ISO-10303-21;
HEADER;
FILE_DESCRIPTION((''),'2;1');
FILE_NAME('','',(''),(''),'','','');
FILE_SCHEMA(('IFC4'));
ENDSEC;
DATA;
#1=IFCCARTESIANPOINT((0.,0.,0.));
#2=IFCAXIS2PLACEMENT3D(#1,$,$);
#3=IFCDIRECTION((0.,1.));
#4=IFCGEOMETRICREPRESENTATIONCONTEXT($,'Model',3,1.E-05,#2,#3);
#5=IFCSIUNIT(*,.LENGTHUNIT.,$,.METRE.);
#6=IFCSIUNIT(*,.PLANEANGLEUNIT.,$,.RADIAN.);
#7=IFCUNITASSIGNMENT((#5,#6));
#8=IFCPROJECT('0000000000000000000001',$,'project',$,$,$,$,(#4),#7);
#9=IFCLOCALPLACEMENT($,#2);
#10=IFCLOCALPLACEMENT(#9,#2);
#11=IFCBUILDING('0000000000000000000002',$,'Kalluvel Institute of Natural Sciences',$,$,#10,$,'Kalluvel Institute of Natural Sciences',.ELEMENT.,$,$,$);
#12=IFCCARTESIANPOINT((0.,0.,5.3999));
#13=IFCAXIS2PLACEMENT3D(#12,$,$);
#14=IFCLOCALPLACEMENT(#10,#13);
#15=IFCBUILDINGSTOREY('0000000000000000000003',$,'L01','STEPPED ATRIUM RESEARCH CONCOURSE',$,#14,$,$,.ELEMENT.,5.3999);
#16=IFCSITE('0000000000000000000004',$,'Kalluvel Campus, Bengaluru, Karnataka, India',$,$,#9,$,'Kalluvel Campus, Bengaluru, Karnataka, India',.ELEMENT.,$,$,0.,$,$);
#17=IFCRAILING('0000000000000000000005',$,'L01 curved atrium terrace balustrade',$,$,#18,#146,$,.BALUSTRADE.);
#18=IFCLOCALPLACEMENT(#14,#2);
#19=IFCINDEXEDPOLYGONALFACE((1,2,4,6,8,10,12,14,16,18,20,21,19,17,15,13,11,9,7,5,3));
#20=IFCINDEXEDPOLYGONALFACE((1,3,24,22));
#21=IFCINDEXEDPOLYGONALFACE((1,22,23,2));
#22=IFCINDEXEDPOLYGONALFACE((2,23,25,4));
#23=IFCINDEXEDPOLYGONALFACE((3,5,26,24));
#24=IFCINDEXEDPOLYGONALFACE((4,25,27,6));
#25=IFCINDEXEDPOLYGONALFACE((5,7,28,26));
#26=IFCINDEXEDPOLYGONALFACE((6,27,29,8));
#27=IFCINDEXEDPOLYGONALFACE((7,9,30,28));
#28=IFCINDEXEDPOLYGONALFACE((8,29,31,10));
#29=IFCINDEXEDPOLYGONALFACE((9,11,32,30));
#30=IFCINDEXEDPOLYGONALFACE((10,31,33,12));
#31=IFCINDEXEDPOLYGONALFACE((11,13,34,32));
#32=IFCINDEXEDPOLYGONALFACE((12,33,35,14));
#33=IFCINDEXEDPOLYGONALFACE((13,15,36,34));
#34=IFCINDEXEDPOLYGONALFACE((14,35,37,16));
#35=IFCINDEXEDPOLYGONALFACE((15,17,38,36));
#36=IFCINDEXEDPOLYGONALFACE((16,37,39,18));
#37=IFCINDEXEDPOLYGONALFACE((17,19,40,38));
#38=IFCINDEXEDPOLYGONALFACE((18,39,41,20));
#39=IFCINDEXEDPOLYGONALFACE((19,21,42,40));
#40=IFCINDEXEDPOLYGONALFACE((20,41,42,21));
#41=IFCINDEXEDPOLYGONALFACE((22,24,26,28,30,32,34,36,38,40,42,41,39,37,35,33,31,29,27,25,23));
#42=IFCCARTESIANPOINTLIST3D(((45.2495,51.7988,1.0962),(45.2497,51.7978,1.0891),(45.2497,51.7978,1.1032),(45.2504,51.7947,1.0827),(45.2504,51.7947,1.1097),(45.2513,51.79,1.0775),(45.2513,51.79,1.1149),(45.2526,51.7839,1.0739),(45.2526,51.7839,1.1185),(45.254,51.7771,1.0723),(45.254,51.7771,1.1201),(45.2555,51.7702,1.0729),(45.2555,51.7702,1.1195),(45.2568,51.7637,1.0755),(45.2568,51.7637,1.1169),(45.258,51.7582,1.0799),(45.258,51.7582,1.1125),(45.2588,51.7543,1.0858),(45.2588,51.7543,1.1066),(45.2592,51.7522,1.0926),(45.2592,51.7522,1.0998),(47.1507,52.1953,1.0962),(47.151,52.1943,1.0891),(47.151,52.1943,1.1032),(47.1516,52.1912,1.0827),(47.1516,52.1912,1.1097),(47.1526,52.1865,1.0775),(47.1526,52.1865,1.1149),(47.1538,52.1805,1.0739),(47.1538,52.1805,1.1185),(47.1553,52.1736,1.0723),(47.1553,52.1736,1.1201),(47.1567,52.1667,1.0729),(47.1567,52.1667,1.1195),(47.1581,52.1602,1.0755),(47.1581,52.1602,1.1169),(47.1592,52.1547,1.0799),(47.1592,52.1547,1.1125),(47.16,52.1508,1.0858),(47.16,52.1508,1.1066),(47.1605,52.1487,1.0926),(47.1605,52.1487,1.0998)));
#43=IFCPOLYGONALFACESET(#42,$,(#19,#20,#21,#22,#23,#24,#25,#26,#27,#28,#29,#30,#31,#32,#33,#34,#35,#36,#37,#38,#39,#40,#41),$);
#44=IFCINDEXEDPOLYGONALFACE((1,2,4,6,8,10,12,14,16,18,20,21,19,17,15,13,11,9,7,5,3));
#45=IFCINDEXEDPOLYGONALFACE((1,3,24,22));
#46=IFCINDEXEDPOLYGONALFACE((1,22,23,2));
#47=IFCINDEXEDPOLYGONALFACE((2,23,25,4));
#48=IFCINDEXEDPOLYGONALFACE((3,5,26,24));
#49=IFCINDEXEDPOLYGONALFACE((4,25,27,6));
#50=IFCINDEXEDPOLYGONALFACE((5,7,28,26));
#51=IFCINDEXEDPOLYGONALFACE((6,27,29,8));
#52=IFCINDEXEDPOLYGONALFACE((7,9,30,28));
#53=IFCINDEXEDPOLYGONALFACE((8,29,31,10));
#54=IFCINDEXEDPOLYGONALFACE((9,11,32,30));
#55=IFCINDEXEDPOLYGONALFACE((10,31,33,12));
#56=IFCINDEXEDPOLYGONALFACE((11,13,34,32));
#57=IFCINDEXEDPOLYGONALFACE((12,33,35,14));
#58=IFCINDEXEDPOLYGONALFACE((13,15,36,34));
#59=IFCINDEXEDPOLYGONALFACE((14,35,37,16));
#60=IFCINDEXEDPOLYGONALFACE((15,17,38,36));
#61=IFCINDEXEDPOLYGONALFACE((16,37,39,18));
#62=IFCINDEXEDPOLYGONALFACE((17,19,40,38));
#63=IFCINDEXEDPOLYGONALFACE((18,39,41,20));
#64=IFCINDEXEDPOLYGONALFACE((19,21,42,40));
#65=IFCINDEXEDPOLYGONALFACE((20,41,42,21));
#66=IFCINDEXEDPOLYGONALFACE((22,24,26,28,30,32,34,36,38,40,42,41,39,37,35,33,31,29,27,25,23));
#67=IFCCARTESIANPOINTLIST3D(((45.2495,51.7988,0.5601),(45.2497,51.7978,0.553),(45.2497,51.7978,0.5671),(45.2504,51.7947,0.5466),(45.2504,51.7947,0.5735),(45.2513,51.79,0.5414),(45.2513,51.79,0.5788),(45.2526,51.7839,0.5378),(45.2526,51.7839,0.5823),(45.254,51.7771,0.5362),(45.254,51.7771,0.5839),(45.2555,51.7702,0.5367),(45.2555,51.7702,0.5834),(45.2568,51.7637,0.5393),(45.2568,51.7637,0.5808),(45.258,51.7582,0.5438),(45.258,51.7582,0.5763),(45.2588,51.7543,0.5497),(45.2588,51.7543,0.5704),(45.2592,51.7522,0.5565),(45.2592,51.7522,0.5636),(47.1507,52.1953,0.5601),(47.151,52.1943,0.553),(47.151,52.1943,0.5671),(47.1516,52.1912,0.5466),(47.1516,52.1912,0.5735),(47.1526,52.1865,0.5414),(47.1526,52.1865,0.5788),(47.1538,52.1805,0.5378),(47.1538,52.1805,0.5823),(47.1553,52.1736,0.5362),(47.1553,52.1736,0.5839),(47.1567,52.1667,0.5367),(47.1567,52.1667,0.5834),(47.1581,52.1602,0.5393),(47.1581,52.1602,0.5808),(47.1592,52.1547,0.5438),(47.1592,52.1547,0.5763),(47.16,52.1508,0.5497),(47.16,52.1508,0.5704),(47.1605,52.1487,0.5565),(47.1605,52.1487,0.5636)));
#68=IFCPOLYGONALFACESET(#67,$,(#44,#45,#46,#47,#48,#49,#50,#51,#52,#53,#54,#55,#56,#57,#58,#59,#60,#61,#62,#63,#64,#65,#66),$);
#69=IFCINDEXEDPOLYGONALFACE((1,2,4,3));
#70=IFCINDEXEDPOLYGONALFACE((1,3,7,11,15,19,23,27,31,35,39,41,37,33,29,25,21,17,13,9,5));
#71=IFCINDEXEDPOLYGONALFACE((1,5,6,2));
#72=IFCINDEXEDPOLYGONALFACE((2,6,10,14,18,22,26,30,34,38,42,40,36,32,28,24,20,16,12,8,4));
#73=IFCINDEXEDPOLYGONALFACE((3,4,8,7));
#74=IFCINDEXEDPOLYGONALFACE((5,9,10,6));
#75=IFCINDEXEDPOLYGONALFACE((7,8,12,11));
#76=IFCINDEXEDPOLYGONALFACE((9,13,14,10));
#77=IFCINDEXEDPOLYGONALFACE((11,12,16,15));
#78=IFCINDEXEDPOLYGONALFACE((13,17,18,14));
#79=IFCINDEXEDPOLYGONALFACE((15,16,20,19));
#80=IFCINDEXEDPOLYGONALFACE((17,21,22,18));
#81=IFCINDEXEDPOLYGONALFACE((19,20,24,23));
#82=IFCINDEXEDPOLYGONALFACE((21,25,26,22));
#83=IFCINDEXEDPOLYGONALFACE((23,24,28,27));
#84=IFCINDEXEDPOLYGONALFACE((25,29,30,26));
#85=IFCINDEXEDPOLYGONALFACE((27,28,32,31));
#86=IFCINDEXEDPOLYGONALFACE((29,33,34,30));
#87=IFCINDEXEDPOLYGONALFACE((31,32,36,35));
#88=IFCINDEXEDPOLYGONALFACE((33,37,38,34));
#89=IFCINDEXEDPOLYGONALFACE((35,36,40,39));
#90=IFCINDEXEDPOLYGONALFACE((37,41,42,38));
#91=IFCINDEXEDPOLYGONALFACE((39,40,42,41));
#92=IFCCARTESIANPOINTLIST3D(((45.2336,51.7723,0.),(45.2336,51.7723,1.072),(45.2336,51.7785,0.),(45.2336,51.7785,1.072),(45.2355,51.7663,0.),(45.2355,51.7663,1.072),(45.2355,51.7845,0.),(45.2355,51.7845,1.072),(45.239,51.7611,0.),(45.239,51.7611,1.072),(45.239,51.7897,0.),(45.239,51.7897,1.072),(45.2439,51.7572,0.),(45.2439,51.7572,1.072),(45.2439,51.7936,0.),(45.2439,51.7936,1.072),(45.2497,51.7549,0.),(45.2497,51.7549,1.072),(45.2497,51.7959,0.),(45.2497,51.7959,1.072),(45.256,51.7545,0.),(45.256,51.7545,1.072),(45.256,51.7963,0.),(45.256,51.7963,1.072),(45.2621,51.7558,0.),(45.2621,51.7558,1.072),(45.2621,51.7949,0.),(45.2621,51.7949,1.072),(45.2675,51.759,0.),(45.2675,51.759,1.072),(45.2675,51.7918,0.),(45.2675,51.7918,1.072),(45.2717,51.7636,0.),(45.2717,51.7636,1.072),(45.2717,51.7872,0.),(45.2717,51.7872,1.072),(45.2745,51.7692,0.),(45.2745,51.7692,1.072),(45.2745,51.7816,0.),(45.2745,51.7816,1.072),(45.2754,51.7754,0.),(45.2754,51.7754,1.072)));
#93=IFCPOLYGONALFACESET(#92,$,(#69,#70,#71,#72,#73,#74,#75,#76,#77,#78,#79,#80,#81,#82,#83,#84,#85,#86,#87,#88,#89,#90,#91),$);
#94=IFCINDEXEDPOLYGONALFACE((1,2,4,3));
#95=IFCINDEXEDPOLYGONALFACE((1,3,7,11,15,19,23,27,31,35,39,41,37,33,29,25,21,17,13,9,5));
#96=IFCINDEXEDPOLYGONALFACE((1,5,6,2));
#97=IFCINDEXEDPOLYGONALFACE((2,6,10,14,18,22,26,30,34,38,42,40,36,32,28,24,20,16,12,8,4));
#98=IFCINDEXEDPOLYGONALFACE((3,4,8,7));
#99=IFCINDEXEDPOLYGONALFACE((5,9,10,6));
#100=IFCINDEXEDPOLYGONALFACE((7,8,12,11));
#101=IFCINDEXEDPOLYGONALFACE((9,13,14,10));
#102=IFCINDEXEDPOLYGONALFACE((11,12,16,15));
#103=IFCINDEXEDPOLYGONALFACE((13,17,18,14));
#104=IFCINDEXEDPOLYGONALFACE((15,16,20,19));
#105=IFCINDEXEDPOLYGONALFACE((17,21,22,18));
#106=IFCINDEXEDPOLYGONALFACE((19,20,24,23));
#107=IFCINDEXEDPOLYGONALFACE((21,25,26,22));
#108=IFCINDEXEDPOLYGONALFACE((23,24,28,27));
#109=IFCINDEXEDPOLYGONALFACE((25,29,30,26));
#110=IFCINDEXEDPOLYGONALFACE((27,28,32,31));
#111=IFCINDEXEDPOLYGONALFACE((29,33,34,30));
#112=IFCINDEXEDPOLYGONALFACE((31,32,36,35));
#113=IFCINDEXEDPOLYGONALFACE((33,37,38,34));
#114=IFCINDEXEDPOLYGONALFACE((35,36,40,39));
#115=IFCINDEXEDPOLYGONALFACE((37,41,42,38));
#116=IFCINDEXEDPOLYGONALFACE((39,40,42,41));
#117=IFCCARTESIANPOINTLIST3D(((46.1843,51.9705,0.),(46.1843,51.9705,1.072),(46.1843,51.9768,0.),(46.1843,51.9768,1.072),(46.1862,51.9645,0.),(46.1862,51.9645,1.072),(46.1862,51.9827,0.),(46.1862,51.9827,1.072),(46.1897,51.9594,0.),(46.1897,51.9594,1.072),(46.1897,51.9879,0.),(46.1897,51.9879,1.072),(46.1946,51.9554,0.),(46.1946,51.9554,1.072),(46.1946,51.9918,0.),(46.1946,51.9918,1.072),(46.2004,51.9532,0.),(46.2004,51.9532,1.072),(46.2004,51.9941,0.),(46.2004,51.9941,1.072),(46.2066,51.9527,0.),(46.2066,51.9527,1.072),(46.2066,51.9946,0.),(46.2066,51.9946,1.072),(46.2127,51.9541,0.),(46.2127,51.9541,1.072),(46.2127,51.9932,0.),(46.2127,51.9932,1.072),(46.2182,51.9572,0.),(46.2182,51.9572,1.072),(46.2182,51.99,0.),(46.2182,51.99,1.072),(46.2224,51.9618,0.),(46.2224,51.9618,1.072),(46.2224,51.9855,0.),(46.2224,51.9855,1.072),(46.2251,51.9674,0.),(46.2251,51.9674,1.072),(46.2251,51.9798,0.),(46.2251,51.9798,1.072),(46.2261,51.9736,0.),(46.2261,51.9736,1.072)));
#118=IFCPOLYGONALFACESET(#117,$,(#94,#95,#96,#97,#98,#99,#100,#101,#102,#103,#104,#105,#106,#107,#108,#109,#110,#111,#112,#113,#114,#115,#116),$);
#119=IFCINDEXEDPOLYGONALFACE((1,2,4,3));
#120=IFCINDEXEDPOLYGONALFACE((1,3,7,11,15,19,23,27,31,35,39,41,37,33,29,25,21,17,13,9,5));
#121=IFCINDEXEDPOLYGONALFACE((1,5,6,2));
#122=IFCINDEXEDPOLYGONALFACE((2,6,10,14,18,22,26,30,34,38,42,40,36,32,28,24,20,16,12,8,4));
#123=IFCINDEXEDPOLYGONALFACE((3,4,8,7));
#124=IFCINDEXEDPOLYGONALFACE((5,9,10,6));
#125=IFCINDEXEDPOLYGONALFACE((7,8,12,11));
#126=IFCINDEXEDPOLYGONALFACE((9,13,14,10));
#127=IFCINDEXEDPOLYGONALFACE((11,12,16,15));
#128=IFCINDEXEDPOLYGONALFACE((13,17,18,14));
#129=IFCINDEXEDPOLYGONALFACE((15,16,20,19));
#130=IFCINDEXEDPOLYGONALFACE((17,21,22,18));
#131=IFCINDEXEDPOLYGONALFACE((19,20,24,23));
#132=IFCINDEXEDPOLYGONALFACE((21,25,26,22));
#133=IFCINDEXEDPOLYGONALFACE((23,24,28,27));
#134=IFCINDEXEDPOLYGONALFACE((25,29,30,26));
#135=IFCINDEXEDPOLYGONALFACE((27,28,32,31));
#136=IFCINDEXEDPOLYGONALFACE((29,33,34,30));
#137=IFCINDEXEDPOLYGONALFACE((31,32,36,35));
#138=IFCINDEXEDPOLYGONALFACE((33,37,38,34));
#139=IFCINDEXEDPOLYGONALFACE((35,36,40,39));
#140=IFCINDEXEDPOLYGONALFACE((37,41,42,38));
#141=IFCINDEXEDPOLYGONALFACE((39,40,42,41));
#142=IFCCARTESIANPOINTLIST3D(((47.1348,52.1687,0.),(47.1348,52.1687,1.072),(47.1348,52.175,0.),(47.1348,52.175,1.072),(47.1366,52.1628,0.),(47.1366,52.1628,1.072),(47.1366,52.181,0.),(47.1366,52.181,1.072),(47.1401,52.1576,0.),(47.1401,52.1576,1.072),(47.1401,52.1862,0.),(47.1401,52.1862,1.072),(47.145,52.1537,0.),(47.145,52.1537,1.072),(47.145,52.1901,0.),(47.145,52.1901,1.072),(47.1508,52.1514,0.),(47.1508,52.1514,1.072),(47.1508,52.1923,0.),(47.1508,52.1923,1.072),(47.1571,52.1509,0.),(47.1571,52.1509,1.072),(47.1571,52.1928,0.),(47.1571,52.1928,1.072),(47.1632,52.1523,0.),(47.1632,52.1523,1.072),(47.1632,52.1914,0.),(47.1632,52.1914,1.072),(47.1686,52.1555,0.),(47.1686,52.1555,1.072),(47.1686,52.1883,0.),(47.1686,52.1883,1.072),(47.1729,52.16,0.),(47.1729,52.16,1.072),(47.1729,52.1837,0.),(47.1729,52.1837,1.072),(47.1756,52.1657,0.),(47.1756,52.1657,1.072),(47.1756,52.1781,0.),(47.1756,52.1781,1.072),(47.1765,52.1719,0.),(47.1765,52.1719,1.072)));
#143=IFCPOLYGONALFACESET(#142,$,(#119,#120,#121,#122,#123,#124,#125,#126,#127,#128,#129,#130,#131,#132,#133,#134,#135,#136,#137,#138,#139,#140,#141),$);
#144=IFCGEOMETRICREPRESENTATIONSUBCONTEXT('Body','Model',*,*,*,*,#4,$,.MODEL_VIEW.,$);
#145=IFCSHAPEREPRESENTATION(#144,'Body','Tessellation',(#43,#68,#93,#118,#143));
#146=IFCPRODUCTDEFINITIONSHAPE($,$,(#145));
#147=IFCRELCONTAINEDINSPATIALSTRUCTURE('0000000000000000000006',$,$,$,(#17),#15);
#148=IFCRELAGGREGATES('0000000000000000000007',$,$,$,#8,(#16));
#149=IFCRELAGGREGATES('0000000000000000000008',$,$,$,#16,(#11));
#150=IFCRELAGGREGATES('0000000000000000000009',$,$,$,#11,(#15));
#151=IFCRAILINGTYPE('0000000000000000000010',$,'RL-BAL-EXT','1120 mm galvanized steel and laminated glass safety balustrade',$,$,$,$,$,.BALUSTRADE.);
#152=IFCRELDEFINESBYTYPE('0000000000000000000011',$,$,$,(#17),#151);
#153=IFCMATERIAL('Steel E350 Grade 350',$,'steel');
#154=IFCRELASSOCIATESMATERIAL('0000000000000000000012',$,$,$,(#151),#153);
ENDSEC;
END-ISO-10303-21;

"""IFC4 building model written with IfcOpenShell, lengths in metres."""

from ifc_helpers import new_model, si_unit, direction, frame, origin, origin_2d, place, context, subcontext, project, spatial, circle, extrude, material, type_object, element, save


model = new_model("IFC4")

# Units and contexts
model_context = context("Model", 3, precision=1e-05, world=origin(), true_north=direction((0.0, 1.0)))
body_context = subcontext(model_context, "Body", "Model", "MODEL_VIEW")
ifc_project = project(units=[si_unit("LENGTHUNIT", "METRE"), si_unit("PLANEANGLEUNIT", "RADIAN")], contexts=[model_context])

# Site, building, storey
site_placement = place(None, origin())
site = spatial("IfcSite", under=ifc_project, at=site_placement, Name="Kalluvel Campus, Bengaluru, Karnataka, India", LongName="Kalluvel Campus, Bengaluru, Karnataka, India", CompositionType="ELEMENT", RefElevation=0.0)
building_placement = place(site_placement, origin())
building = spatial("IfcBuilding", under=site, at=building_placement, Name="Kalluvel Institute of Natural Sciences", LongName="Kalluvel Institute of Natural Sciences", CompositionType="ELEMENT")
storey_placement = place(building_placement, frame((0.0, 0.0, 5.3999)))
storey = spatial("IfcBuildingStorey", under=building, at=storey_placement, Name="L01", Description="STEPPED ATRIUM RESEARCH CONCOURSE", CompositionType="ELEMENT", Elevation=5.3999)

# Railing
ifc_material_1 = material(Name="Steel E350 Grade 350", Category="steel")
railing_type = type_object("IfcRailingType", Name="RL-BAL-EXT", Description="1120 mm galvanized steel and laminated glass safety balustrade", PredefinedType="BALUSTRADE", material=ifc_material_1)
railing_1_placement = place(storey_placement, frame((45.2544, 51.7754, 0.0)))
element("IfcRailing", 1, at=railing_1_placement, inside=storey, type_object=railing_type, Name="L01 curved atrium terrace balustrade", PredefinedType="BALUSTRADE", context=body_context, shape_type="SweptSolid", body=[
    extrude(circle(Radius=0.0239, at=origin_2d()), frame((0.0, 0.0, 1.0962), z_axis=(0.978938, 0.20416, 0.0), x_axis=(-0.20416, 0.978938, 0.0)), (0.0, 0.0, 1.0), 1.9421),
    extrude(circle(Radius=0.0239, at=origin_2d()), frame((0.0, 0.0, 0.5601), z_axis=(0.978938, 0.20416, 0.0), x_axis=(-0.20416, 0.978938, 0.0)), (0.0, 0.0, 1.0), 1.9421),
    extrude(circle(Radius=0.021, at=origin_2d()), origin(), (0.0, 0.0, 1.0), 1.072),
    extrude(circle(Radius=0.021, at=origin_2d()), frame((0.9507, 0.1982, 0.0)), (0.0, 0.0, 1.0), 1.072),
    extrude(circle(Radius=0.021, at=origin_2d()), frame((1.9011, 0.3965, 0.0)), (0.0, 0.0, 1.0), 1.072),
])

save(model, "model.ifc")
